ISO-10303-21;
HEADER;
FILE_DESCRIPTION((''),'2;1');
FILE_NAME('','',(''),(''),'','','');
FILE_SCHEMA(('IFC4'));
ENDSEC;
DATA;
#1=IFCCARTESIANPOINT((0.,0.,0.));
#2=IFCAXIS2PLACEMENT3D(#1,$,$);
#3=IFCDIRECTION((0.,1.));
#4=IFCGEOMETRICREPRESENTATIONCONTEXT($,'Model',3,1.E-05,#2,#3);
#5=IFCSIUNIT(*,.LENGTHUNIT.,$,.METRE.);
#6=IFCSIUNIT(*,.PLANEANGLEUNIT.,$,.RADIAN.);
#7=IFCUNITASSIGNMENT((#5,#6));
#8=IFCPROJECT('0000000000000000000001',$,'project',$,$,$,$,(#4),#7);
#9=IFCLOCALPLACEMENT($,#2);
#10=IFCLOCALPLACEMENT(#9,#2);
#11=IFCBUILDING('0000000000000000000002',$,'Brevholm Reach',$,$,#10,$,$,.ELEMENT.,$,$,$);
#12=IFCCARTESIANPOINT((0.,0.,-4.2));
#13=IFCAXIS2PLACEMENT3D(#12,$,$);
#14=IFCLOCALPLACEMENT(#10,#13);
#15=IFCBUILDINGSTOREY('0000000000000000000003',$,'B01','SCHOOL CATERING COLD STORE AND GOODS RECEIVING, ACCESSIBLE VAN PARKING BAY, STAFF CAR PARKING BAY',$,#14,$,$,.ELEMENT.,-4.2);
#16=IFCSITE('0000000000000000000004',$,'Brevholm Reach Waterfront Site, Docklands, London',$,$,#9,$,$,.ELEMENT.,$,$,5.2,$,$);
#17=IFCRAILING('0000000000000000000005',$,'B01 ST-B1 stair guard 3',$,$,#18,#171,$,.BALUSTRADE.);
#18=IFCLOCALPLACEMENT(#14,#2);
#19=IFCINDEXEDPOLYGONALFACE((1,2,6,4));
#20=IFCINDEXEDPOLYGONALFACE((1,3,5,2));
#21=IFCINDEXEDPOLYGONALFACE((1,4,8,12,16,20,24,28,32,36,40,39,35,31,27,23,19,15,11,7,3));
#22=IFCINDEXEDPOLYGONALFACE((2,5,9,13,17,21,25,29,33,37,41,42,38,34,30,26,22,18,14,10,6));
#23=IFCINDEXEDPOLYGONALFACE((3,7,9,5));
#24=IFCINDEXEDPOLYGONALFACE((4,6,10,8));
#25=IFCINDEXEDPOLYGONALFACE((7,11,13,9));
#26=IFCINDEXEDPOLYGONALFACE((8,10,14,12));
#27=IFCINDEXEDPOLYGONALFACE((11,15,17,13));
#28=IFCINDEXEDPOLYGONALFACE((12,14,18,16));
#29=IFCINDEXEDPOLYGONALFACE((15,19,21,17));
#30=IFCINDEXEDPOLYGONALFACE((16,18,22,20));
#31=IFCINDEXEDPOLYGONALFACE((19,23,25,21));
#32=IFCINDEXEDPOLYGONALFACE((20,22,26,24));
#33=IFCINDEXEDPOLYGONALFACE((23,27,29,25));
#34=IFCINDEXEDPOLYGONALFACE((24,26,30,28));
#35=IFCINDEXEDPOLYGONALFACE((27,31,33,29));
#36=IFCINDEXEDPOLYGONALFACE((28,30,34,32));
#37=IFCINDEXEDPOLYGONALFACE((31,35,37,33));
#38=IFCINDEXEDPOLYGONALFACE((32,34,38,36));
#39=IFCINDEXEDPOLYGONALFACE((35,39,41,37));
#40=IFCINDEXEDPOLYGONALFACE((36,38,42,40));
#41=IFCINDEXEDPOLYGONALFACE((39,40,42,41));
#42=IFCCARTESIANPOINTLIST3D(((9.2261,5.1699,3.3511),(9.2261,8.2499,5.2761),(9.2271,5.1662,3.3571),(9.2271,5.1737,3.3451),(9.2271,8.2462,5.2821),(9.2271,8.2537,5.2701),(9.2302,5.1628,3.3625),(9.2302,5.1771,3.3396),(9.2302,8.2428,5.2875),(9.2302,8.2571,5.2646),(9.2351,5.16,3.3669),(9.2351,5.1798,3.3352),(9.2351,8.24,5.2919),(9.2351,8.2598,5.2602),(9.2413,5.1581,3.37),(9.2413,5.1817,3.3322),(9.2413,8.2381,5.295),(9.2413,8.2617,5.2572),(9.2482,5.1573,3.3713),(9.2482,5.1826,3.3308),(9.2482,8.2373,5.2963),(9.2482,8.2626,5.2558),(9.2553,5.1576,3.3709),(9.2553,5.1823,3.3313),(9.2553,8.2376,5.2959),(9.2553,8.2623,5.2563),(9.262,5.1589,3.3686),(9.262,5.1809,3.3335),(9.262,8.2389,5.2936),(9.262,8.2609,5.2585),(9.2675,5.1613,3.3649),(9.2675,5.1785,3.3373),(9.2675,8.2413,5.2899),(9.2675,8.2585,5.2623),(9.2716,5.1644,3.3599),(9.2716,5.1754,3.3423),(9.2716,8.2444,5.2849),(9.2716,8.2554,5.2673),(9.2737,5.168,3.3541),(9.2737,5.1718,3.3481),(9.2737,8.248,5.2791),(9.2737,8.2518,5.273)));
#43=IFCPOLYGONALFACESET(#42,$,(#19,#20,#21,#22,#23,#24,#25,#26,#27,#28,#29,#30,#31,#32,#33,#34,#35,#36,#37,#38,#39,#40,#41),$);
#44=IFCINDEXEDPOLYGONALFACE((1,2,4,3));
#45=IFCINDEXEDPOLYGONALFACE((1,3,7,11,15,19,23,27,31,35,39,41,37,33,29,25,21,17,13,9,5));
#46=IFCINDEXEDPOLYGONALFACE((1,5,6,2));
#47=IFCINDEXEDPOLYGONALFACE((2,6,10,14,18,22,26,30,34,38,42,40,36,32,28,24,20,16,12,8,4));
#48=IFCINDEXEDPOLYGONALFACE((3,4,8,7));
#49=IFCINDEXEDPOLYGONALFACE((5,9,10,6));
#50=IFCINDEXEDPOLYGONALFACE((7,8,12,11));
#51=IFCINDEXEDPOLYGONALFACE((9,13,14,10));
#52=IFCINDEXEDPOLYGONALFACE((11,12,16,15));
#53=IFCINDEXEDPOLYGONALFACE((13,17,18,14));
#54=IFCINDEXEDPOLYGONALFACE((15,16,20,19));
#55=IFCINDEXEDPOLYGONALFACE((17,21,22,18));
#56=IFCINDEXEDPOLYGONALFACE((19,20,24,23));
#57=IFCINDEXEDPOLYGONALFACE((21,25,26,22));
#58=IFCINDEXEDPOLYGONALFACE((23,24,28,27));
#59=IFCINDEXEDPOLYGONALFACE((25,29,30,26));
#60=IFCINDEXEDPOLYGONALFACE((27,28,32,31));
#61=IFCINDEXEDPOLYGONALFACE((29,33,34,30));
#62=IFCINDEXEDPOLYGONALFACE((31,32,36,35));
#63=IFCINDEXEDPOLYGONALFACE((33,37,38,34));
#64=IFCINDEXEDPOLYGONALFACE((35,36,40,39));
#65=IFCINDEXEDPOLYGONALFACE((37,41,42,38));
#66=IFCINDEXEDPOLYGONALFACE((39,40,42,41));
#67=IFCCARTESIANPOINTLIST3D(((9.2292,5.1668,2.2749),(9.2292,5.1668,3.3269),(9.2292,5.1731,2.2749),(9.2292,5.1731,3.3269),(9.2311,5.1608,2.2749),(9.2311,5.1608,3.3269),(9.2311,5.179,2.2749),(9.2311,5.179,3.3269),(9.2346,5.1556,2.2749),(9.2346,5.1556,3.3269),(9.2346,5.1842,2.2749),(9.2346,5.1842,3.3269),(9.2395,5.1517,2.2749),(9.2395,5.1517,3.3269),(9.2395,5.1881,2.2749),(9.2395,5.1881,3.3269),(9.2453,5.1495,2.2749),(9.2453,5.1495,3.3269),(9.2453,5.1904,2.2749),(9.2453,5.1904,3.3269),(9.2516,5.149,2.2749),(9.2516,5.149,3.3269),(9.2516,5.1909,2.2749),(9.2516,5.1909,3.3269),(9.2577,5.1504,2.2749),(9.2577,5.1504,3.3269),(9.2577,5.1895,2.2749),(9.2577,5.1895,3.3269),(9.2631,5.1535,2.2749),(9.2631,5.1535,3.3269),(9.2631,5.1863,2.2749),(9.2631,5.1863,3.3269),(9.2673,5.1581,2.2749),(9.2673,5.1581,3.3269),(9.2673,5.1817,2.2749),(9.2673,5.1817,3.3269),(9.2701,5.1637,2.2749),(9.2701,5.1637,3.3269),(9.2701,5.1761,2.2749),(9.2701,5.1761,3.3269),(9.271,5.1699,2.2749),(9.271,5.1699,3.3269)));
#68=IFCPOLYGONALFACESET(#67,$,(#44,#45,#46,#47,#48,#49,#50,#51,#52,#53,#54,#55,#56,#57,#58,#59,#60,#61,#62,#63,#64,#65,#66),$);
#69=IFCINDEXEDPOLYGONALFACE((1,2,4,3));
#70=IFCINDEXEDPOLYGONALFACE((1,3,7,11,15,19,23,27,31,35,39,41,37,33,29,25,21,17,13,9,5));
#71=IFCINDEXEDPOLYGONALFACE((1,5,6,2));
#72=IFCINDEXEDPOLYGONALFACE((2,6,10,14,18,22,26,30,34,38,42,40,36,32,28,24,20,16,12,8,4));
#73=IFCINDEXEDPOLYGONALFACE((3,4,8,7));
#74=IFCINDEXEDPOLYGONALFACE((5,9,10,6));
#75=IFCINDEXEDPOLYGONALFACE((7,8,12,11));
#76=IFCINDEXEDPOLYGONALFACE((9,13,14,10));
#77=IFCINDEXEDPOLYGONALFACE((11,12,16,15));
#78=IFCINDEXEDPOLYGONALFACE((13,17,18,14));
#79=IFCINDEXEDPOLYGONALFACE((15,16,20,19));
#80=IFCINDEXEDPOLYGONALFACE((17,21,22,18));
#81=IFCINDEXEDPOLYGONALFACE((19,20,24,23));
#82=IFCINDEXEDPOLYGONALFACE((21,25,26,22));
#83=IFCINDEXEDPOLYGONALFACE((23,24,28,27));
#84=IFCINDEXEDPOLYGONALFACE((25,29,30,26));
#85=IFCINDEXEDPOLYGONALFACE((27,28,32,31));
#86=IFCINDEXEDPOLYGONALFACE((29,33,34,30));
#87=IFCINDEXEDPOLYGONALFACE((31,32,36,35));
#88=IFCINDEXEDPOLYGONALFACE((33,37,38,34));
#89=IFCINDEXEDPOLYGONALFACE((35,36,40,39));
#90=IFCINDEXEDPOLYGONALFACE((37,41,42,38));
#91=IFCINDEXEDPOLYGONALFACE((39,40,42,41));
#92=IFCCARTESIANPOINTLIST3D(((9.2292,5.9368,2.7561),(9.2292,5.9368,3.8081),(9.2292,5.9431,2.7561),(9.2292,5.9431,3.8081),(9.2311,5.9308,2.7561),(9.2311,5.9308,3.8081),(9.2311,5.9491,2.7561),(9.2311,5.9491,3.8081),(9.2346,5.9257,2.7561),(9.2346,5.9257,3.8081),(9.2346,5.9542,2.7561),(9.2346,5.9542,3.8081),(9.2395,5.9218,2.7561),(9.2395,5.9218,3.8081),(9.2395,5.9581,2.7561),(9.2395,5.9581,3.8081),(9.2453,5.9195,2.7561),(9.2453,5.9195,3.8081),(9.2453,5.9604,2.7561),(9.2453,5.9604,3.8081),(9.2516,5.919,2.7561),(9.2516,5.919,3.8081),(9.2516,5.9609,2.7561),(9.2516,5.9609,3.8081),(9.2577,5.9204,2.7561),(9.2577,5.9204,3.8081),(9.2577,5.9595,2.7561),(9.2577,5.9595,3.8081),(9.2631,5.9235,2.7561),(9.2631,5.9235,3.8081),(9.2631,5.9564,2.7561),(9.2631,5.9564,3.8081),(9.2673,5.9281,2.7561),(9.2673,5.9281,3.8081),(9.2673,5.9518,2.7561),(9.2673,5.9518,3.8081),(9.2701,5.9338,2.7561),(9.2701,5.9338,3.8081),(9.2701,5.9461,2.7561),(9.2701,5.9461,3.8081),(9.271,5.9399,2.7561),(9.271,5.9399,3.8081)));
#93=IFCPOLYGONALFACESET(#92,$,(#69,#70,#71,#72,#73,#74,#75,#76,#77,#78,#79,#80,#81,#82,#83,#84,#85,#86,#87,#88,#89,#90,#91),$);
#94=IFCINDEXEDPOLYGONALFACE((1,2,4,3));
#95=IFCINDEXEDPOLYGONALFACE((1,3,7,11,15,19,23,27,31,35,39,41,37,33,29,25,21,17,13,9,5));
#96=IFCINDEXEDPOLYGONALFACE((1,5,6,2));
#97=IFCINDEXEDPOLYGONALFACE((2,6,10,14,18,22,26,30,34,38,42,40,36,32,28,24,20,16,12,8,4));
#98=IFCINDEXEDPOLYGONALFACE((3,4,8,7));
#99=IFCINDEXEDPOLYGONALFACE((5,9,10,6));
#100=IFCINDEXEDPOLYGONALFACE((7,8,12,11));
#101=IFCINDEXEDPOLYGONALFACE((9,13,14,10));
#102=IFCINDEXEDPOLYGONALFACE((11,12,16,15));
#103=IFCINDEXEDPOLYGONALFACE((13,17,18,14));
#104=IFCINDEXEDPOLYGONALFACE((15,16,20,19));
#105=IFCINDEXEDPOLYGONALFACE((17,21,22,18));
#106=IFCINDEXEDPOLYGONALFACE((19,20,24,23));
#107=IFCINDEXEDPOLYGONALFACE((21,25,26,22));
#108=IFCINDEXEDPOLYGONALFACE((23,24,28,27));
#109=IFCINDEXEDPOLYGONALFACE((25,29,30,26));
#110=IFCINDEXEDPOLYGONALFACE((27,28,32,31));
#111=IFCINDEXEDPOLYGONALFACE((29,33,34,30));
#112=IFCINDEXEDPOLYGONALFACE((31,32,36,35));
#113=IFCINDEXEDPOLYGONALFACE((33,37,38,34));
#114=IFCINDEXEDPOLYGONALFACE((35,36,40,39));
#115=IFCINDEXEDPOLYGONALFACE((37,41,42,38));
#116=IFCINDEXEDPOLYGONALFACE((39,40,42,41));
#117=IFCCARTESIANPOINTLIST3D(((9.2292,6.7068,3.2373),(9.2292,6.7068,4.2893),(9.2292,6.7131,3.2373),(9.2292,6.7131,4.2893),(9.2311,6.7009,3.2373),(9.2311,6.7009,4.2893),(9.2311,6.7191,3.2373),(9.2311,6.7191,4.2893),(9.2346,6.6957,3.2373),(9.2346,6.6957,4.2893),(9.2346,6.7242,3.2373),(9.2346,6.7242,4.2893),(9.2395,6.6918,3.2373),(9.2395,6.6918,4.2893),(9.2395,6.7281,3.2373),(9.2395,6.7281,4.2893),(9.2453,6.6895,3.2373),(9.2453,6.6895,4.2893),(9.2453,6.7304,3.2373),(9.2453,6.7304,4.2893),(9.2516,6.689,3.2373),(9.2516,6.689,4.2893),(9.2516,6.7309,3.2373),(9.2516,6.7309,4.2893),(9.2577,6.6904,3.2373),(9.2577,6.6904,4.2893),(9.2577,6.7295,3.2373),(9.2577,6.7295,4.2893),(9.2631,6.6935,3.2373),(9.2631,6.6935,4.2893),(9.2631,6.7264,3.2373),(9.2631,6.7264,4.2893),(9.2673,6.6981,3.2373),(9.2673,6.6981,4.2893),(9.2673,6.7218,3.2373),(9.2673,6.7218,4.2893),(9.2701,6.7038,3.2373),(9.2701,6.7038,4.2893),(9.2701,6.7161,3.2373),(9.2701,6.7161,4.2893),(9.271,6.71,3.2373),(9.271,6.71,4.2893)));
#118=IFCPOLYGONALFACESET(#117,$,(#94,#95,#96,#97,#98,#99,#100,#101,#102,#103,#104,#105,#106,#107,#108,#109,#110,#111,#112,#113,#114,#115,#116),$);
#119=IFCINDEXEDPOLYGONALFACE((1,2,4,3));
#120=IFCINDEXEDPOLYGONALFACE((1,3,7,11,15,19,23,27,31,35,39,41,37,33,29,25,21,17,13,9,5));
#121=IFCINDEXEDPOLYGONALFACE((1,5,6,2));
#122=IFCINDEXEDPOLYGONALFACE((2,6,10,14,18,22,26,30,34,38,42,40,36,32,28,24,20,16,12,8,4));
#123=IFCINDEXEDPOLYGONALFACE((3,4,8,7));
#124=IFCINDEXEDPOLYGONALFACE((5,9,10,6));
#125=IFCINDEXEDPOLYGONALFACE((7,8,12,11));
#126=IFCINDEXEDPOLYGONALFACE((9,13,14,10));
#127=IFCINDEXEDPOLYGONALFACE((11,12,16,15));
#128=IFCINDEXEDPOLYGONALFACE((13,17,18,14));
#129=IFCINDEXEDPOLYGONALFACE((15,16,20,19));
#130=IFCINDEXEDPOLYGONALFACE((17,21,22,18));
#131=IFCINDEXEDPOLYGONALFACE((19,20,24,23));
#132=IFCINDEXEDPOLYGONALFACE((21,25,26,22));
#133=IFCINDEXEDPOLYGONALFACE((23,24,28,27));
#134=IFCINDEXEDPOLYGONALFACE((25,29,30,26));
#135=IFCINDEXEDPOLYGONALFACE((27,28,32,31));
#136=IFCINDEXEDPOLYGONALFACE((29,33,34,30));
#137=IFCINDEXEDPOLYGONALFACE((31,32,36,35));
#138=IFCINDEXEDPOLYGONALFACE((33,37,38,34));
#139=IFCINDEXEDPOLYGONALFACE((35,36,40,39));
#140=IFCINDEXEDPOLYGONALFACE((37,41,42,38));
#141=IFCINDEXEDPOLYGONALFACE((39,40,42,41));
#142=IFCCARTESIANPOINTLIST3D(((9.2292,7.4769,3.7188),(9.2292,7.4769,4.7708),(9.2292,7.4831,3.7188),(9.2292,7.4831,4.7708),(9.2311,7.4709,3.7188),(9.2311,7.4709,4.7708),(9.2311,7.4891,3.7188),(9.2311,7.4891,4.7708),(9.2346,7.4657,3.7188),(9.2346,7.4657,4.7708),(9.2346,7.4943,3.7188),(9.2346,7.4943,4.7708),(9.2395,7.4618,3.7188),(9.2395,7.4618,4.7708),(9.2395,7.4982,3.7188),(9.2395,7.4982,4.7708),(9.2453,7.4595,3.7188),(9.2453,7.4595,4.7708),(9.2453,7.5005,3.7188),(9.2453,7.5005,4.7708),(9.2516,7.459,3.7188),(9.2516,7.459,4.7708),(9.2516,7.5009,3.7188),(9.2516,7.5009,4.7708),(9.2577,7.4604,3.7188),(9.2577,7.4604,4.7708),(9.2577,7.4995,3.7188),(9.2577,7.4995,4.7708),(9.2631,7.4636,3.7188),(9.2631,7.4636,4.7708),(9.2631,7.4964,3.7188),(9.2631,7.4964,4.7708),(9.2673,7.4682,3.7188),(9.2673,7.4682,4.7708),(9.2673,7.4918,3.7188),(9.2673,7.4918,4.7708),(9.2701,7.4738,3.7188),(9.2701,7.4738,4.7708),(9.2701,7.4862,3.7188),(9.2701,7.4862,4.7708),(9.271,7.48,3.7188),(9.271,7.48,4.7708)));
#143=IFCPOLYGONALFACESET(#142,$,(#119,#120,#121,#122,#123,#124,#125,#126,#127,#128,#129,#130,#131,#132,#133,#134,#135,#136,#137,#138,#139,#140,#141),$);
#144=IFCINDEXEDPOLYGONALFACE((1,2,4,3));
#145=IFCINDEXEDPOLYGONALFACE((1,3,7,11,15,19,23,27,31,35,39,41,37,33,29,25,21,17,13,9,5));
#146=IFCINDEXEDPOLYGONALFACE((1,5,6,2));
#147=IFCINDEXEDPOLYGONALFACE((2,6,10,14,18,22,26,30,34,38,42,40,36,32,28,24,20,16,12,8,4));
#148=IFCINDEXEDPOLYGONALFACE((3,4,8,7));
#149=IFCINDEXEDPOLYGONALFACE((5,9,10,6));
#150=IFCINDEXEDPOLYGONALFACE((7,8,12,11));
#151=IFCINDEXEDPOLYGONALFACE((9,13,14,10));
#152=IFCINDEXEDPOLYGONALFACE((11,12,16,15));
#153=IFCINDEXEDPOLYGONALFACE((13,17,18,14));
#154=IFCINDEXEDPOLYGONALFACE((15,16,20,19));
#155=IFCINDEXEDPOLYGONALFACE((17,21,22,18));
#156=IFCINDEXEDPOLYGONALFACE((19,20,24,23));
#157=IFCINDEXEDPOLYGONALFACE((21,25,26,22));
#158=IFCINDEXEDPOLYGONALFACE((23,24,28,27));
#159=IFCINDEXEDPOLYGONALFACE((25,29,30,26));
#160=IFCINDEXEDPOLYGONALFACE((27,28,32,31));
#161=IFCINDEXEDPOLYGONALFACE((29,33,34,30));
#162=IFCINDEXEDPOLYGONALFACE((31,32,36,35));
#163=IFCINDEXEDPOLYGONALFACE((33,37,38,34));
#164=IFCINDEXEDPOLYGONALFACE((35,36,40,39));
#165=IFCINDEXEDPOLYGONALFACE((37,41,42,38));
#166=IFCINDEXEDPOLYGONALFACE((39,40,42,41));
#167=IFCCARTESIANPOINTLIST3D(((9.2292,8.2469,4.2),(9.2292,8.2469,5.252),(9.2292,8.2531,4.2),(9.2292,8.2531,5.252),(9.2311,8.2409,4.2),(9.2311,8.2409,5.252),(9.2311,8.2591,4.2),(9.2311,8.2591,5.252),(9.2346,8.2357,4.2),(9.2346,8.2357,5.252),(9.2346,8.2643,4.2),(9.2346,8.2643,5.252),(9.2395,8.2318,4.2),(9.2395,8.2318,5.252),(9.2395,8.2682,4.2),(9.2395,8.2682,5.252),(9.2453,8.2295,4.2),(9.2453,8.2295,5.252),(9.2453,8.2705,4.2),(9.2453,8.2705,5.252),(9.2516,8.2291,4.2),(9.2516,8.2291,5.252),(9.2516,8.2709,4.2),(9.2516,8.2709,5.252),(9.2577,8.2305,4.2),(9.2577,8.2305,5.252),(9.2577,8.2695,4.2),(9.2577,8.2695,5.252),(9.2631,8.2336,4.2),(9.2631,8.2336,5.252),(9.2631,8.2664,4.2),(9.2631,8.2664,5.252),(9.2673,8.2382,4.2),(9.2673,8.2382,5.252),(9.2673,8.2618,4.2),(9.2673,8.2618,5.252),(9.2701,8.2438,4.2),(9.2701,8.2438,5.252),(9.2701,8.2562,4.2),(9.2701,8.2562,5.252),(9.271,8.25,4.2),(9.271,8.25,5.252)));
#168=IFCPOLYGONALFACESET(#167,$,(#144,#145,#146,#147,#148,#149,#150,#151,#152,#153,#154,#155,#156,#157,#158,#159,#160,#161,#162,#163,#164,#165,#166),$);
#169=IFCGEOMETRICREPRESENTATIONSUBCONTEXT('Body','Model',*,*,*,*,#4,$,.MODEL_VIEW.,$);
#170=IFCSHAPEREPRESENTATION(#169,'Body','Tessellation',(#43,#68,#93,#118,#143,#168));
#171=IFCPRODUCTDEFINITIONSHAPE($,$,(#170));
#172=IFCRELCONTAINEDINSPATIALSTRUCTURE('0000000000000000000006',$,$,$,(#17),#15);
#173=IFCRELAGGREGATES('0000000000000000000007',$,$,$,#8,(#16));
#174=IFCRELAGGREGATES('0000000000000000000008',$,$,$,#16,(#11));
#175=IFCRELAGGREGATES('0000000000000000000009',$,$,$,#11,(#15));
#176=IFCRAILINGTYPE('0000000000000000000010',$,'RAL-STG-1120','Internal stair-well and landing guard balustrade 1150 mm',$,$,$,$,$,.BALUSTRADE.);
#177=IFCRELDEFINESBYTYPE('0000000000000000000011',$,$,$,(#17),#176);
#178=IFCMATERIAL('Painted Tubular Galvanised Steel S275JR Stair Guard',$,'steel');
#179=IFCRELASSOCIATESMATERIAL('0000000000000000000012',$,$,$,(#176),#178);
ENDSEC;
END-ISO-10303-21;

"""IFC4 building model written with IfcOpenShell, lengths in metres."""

from ifc_helpers import new_model, si_unit, direction, frame, origin, origin_2d, place, context, subcontext, project, spatial, circle, extrude, material, type_object, element, save


model = new_model("IFC4")

# Units and contexts
model_context = context("Model", 3, precision=1e-05, world=origin(), true_north=direction((0.0, 1.0)))
body_context = subcontext(model_context, "Body", "Model", "MODEL_VIEW")
ifc_project = project(units=[si_unit("LENGTHUNIT", "METRE"), si_unit("PLANEANGLEUNIT", "RADIAN")], contexts=[model_context])

# Site, building, storey
site_placement = place(None, origin())
site = spatial("IfcSite", under=ifc_project, at=site_placement, Name="Brevholm Reach Waterfront Site, Docklands, London", CompositionType="ELEMENT", RefElevation=5.2)
building_placement = place(site_placement, origin())
building = spatial("IfcBuilding", under=site, at=building_placement, Name="Brevholm Reach", CompositionType="ELEMENT")
storey_placement = place(building_placement, frame((0.0, 0.0, -4.2)))
storey = spatial("IfcBuildingStorey", under=building, at=storey_placement, Name="B01", Description="SCHOOL CATERING COLD STORE AND GOODS RECEIVING, ACCESSIBLE VAN PARKING BAY, STAFF CAR PARKING BAY", CompositionType="ELEMENT", Elevation=-4.2)

# Railing
ifc_material_1 = material(Name="Painted Tubular Galvanised Steel S275JR Stair Guard", Category="steel")
railing_type_1 = type_object("IfcRailingType", Name="RAL-STG-1120", Description="Internal stair-well and landing guard balustrade 1150 mm", PredefinedType="BALUSTRADE", material=ifc_material_1)
railing_1_placement = place(storey_placement, frame((9.25, 5.1699, 2.2749)))
element("IfcRailing", 1, at=railing_1_placement, inside=storey, type_object=railing_type_1, Name="B01 ST-B1 stair guard 3", PredefinedType="BALUSTRADE", context=body_context, shape_type="SweptSolid", body=[
    extrude(circle(Radius=0.0239, at=origin_2d()), frame((0.0, 0.0, 1.0762), z_axis=(0.0, 0.847998, 0.529999), x_axis=(-1.0, 0.0, 0.0)), (0.0, 0.0, 1.0), 3.6321),
    extrude(circle(Radius=0.021, at=origin_2d()), origin(), (0.0, 0.0, 1.0), 1.052),
    extrude(circle(Radius=0.021, at=origin_2d()), frame((0.0, 0.77, 0.4812)), (0.0, 0.0, 1.0), 1.052),
    extrude(circle(Radius=0.021, at=origin_2d()), frame((0.0, 1.54, 0.9624)), (0.0, 0.0, 1.0), 1.052),
    extrude(circle(Radius=0.021, at=origin_2d()), frame((0.0, 2.3101, 1.4438)), (0.0, 0.0, 1.0), 1.052),
    extrude(circle(Radius=0.021, at=origin_2d()), frame((0.0, 3.0801, 1.925)), (0.0, 0.0, 1.0), 1.052),
])

save(model, "model.ifc")
